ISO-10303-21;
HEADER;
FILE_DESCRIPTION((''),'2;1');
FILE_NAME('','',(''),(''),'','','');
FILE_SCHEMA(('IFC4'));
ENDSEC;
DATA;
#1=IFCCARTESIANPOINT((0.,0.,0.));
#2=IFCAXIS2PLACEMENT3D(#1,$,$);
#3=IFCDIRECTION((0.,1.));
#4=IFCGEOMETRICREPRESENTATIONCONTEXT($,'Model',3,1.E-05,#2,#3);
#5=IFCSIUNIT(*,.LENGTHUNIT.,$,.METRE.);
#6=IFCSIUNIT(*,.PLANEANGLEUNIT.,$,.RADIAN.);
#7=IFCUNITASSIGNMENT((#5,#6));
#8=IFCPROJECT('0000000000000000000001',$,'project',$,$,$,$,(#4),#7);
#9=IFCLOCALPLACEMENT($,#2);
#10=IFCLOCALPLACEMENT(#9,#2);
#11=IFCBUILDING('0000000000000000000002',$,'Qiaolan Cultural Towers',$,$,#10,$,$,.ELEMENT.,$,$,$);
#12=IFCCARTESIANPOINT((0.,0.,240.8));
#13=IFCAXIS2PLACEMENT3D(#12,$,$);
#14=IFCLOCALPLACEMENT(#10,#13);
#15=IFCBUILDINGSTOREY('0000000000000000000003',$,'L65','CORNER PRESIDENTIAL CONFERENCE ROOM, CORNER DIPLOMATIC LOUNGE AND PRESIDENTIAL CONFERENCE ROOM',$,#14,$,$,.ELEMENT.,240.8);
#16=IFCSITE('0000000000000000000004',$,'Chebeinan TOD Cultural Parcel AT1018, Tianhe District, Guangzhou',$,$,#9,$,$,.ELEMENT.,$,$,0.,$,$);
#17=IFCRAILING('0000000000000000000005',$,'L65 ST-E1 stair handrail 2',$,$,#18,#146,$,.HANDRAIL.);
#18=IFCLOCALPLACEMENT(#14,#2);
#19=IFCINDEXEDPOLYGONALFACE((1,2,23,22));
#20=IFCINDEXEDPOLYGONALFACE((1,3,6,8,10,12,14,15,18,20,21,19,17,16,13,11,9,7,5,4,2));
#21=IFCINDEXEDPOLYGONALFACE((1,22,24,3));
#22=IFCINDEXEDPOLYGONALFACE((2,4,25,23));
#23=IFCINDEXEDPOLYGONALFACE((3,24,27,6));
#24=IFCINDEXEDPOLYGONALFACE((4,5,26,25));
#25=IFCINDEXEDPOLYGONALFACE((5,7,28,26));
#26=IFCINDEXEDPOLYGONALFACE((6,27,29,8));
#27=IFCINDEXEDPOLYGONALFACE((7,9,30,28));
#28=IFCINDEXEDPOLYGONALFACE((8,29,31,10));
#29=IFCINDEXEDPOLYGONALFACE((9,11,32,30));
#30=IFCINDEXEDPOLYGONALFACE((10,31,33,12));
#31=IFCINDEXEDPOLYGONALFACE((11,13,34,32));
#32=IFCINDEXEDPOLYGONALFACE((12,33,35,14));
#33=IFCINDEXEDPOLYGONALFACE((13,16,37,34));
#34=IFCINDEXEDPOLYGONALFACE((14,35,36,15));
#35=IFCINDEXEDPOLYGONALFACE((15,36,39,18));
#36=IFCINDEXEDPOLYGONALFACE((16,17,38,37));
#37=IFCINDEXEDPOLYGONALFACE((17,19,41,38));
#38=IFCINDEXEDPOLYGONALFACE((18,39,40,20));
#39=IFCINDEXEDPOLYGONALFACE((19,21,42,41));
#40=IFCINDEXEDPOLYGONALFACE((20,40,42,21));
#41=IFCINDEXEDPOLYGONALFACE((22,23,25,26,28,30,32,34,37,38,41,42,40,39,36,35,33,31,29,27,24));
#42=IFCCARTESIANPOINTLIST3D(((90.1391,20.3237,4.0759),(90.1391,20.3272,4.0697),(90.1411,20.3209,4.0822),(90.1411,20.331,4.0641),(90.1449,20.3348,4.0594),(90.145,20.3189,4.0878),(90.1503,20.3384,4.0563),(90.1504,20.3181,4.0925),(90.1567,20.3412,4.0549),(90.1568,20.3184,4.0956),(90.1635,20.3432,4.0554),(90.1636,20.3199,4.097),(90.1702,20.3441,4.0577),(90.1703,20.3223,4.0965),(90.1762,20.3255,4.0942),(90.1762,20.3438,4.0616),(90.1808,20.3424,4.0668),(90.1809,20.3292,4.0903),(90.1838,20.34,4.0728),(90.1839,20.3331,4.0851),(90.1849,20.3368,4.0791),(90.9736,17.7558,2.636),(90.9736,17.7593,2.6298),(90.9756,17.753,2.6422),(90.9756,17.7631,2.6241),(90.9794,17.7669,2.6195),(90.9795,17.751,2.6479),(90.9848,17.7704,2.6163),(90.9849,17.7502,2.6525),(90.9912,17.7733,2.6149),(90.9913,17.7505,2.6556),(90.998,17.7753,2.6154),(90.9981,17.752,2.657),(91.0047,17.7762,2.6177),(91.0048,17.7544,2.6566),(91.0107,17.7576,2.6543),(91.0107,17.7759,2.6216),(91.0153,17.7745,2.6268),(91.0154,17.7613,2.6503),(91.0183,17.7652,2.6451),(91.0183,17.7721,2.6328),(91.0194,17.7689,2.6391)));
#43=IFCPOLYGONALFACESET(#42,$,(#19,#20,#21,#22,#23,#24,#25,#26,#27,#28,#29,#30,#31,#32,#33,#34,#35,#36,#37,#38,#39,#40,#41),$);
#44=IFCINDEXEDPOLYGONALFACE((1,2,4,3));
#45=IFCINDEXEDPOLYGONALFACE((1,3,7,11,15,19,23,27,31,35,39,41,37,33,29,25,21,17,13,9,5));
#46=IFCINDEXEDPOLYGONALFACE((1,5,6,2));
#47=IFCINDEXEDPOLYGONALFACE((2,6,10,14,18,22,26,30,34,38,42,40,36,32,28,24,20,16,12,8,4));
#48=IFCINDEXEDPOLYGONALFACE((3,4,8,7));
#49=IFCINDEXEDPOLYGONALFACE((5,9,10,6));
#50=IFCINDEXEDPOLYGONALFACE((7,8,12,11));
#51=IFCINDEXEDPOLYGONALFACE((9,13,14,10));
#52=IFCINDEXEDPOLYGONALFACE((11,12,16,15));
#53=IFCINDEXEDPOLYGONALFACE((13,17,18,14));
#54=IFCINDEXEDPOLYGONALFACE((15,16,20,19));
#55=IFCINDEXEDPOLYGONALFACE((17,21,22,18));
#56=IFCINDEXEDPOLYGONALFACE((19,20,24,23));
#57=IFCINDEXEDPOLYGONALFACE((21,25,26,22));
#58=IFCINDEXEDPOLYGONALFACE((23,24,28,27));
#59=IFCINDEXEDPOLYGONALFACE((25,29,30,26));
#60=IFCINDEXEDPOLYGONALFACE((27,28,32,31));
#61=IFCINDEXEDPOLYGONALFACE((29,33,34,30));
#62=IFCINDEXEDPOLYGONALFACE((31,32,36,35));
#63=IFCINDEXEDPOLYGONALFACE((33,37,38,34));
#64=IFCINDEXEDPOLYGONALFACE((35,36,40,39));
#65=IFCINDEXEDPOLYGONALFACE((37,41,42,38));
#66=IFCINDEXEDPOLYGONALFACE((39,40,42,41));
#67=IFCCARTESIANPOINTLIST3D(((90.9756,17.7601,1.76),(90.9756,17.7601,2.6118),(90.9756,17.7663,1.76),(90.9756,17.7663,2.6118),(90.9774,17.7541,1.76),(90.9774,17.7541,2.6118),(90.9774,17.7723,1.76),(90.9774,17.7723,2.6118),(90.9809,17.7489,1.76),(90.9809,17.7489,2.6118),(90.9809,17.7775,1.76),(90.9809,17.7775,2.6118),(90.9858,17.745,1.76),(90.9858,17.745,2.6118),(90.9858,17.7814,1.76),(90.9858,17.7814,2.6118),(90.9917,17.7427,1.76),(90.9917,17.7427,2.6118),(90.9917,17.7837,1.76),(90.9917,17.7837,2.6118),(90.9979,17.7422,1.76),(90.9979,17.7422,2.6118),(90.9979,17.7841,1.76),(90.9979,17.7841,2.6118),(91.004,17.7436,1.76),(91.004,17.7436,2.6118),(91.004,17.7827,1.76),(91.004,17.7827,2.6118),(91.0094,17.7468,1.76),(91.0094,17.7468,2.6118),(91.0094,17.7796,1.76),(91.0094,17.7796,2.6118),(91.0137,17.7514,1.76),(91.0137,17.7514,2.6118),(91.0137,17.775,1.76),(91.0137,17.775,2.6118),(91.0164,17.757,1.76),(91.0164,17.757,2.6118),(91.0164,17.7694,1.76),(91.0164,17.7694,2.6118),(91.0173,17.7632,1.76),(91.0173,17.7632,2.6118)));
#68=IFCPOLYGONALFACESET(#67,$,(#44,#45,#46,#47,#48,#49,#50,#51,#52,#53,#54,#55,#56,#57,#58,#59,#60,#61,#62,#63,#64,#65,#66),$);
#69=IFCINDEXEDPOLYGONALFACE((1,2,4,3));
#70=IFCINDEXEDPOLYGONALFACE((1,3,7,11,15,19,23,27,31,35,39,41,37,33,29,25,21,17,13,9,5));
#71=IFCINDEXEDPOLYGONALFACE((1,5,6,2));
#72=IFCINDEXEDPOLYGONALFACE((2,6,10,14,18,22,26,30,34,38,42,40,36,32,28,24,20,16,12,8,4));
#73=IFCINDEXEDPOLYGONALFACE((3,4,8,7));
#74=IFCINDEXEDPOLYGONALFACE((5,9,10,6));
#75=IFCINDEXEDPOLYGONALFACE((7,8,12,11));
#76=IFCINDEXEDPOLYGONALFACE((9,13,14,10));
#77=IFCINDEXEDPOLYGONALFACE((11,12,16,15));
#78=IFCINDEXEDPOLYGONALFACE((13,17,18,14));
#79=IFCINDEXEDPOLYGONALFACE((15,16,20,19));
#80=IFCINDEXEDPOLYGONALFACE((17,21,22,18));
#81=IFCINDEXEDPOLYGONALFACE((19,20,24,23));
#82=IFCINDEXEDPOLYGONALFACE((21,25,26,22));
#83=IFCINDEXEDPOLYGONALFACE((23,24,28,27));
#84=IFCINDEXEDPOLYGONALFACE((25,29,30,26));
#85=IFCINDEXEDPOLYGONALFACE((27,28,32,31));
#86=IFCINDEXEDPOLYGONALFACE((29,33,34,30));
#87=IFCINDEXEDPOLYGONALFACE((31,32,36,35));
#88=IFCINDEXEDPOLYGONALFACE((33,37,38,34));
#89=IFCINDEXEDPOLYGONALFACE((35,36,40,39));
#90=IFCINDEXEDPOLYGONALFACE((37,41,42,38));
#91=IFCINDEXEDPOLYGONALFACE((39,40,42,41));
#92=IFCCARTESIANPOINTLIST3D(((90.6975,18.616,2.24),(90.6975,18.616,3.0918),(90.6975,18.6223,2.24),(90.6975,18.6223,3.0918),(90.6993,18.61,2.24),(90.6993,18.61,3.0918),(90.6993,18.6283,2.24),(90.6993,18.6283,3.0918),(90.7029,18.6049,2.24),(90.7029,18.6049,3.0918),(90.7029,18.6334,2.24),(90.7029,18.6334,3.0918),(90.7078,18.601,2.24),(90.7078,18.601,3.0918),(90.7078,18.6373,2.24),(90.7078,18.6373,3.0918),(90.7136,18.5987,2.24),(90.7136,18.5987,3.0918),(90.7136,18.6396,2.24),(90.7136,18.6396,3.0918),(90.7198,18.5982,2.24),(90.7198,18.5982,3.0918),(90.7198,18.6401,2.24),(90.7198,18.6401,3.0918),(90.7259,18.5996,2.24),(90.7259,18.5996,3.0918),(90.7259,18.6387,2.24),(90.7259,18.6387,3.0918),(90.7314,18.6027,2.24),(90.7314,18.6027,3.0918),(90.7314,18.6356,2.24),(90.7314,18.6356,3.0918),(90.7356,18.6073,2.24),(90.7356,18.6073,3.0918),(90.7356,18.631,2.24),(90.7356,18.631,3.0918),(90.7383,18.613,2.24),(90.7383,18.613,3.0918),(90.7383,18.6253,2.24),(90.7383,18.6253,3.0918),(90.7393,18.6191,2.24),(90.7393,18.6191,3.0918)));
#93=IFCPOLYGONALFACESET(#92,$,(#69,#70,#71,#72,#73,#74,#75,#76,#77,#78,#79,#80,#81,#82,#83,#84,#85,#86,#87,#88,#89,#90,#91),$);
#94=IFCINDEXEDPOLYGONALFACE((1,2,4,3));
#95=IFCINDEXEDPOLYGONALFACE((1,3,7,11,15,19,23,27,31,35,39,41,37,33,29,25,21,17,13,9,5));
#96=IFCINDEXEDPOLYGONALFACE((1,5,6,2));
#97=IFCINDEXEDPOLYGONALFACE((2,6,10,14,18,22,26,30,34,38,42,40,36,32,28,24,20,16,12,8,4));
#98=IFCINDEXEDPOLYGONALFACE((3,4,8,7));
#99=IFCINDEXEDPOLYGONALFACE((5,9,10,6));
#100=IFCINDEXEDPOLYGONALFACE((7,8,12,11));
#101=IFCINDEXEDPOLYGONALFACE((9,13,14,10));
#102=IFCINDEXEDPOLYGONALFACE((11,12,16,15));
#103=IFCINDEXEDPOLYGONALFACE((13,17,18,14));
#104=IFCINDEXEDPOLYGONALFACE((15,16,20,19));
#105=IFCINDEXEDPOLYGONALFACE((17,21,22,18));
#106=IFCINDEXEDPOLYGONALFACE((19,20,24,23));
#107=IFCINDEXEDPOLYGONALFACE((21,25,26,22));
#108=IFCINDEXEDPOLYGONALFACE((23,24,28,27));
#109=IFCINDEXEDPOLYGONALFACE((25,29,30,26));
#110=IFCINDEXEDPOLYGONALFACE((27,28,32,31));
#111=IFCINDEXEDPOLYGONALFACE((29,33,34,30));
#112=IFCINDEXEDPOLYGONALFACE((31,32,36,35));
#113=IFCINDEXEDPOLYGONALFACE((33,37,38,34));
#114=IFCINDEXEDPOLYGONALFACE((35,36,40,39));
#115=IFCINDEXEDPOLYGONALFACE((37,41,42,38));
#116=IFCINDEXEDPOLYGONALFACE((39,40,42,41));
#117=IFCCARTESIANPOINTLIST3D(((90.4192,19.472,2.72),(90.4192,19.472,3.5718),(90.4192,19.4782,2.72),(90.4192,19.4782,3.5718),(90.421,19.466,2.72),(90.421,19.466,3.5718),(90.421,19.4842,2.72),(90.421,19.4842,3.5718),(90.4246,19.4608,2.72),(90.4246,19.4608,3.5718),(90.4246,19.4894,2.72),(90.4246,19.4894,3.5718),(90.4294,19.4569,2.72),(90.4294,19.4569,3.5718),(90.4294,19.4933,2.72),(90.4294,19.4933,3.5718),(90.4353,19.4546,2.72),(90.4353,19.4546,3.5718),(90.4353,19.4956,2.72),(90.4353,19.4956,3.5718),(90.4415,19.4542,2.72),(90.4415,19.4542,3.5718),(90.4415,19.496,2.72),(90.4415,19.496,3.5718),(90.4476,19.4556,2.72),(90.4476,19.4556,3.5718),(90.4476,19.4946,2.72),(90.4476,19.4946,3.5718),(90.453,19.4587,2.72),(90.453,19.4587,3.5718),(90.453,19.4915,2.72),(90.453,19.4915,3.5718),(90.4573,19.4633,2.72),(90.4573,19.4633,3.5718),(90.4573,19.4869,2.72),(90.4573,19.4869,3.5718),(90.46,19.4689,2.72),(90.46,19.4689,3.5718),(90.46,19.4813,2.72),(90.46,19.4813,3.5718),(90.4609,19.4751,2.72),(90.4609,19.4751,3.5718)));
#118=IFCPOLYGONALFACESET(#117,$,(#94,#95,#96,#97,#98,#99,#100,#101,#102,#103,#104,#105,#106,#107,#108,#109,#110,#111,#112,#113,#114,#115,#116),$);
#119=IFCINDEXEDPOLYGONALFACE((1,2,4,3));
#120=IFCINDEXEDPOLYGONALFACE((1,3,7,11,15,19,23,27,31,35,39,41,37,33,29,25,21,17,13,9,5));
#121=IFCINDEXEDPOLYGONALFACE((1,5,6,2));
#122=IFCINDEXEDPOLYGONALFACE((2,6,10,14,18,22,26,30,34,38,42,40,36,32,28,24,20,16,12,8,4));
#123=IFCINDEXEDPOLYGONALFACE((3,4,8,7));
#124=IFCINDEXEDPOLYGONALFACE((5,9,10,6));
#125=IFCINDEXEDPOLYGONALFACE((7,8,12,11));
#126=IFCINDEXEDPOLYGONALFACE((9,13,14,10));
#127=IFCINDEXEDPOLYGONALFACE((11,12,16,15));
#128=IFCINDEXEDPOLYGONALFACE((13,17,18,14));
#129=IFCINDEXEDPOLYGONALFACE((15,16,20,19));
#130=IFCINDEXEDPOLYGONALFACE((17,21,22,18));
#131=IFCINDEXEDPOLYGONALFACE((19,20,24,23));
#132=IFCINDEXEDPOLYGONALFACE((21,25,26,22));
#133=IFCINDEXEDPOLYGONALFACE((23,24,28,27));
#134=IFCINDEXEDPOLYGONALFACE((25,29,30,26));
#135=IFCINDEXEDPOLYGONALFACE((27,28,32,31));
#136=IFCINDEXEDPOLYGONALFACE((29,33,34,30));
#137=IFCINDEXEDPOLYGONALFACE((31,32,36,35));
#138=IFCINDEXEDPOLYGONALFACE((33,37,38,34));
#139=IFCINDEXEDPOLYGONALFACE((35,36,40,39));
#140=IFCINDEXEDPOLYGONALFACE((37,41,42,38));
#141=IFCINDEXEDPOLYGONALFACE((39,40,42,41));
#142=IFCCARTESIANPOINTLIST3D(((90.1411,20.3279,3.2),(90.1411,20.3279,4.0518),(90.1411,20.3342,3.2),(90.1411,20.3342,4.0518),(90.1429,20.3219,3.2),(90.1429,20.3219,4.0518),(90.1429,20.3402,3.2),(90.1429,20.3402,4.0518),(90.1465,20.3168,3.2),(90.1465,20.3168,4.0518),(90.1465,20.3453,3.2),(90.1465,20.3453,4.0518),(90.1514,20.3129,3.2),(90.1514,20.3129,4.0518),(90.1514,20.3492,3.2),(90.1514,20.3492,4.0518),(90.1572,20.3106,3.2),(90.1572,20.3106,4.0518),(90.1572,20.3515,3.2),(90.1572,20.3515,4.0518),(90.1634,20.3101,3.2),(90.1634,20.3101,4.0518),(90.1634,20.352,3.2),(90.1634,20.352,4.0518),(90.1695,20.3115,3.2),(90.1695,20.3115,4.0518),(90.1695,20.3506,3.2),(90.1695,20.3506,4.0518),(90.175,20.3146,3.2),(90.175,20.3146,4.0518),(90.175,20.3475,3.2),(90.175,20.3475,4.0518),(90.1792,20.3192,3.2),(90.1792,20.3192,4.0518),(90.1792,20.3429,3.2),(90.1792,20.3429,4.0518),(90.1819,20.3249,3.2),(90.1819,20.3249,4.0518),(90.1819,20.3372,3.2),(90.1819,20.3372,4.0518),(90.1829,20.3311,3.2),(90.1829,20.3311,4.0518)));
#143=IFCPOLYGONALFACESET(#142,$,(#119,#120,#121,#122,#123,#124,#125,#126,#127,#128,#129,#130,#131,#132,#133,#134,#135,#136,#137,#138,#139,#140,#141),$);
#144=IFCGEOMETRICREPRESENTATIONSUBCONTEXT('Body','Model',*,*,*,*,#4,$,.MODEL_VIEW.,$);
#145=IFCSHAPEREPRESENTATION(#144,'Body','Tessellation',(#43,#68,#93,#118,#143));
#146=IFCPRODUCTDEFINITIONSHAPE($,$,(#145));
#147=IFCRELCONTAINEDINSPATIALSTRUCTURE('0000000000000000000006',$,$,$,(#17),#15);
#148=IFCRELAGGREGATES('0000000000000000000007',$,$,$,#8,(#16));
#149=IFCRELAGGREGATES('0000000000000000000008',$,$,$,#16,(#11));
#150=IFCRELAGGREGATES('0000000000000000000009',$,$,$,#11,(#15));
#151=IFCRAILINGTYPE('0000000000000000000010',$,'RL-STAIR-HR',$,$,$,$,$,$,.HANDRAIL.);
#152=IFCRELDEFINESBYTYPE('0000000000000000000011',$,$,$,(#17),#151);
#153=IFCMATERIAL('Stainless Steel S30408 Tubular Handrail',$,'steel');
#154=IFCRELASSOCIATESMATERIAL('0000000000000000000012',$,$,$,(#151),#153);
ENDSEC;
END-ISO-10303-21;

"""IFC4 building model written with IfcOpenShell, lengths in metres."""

from ifc_helpers import new_model, si_unit, direction, frame, origin, origin_2d, place, context, subcontext, project, spatial, circle, extrude, material, type_object, element, save


model = new_model("IFC4")

# Units and contexts
model_context = context("Model", 3, precision=1e-05, world=origin(), true_north=direction((0.0, 1.0)))
body_context = subcontext(model_context, "Body", "Model", "MODEL_VIEW")
ifc_project = project(units=[si_unit("LENGTHUNIT", "METRE"), si_unit("PLANEANGLEUNIT", "RADIAN")], contexts=[model_context])

# Site, building, storey
site_placement = place(None, origin())
site = spatial("IfcSite", under=ifc_project, at=site_placement, Name="Chebeinan TOD Cultural Parcel AT1018, Tianhe District, Guangzhou", CompositionType="ELEMENT", RefElevation=0.0)
building_placement = place(site_placement, origin())
building = spatial("IfcBuilding", under=site, at=building_placement, Name="Qiaolan Cultural Towers", CompositionType="ELEMENT")
storey_placement = place(building_placement, frame((0.0, 0.0, 240.8)))
storey = spatial("IfcBuildingStorey", under=building, at=storey_placement, Name="L65", Description="CORNER PRESIDENTIAL CONFERENCE ROOM, CORNER DIPLOMATIC LOUNGE AND PRESIDENTIAL CONFERENCE ROOM", CompositionType="ELEMENT", Elevation=240.8)

# Railing
ifc_material_1 = material(Name="Stainless Steel S30408 Tubular Handrail", Category="steel")
railing_type = type_object("IfcRailingType", Name="RL-STAIR-HR", PredefinedType="HANDRAIL", material=ifc_material_1)
railing_placement = place(storey_placement, frame((90.9963, 17.7632, 1.76)))
element("IfcRailing", 1, at=railing_placement, inside=storey, type_object=railing_type, Name="L65 ST-E1 stair handrail 2", PredefinedType="HANDRAIL", context=body_context, shape_type="SweptSolid", body=[
    extrude(circle(Radius=0.0239, at=origin_2d()), frame((0.0, 0.0, 0.876), z_axis=(-0.272701, 0.839167, 0.470566), x_axis=(-0.951043, -0.309057, 0.0)), (0.0, 0.0, 1.0), 3.0601),
    extrude(circle(Radius=0.021, at=origin_2d()), origin(), (0.0, 0.0, 1.0), 0.8518),
    extrude(circle(Radius=0.021, at=origin_2d()), frame((-0.2781, 0.856, 0.48)), (0.0, 0.0, 1.0), 0.8518),
    extrude(circle(Radius=0.021, at=origin_2d()), frame((-0.5564, 1.7119, 0.96)), (0.0, 0.0, 1.0), 0.8518),
    extrude(circle(Radius=0.021, at=origin_2d()), frame((-0.8345, 2.5679, 1.4399)), (0.0, 0.0, 1.0), 0.8518),
])

save(model, "model.ifc")
